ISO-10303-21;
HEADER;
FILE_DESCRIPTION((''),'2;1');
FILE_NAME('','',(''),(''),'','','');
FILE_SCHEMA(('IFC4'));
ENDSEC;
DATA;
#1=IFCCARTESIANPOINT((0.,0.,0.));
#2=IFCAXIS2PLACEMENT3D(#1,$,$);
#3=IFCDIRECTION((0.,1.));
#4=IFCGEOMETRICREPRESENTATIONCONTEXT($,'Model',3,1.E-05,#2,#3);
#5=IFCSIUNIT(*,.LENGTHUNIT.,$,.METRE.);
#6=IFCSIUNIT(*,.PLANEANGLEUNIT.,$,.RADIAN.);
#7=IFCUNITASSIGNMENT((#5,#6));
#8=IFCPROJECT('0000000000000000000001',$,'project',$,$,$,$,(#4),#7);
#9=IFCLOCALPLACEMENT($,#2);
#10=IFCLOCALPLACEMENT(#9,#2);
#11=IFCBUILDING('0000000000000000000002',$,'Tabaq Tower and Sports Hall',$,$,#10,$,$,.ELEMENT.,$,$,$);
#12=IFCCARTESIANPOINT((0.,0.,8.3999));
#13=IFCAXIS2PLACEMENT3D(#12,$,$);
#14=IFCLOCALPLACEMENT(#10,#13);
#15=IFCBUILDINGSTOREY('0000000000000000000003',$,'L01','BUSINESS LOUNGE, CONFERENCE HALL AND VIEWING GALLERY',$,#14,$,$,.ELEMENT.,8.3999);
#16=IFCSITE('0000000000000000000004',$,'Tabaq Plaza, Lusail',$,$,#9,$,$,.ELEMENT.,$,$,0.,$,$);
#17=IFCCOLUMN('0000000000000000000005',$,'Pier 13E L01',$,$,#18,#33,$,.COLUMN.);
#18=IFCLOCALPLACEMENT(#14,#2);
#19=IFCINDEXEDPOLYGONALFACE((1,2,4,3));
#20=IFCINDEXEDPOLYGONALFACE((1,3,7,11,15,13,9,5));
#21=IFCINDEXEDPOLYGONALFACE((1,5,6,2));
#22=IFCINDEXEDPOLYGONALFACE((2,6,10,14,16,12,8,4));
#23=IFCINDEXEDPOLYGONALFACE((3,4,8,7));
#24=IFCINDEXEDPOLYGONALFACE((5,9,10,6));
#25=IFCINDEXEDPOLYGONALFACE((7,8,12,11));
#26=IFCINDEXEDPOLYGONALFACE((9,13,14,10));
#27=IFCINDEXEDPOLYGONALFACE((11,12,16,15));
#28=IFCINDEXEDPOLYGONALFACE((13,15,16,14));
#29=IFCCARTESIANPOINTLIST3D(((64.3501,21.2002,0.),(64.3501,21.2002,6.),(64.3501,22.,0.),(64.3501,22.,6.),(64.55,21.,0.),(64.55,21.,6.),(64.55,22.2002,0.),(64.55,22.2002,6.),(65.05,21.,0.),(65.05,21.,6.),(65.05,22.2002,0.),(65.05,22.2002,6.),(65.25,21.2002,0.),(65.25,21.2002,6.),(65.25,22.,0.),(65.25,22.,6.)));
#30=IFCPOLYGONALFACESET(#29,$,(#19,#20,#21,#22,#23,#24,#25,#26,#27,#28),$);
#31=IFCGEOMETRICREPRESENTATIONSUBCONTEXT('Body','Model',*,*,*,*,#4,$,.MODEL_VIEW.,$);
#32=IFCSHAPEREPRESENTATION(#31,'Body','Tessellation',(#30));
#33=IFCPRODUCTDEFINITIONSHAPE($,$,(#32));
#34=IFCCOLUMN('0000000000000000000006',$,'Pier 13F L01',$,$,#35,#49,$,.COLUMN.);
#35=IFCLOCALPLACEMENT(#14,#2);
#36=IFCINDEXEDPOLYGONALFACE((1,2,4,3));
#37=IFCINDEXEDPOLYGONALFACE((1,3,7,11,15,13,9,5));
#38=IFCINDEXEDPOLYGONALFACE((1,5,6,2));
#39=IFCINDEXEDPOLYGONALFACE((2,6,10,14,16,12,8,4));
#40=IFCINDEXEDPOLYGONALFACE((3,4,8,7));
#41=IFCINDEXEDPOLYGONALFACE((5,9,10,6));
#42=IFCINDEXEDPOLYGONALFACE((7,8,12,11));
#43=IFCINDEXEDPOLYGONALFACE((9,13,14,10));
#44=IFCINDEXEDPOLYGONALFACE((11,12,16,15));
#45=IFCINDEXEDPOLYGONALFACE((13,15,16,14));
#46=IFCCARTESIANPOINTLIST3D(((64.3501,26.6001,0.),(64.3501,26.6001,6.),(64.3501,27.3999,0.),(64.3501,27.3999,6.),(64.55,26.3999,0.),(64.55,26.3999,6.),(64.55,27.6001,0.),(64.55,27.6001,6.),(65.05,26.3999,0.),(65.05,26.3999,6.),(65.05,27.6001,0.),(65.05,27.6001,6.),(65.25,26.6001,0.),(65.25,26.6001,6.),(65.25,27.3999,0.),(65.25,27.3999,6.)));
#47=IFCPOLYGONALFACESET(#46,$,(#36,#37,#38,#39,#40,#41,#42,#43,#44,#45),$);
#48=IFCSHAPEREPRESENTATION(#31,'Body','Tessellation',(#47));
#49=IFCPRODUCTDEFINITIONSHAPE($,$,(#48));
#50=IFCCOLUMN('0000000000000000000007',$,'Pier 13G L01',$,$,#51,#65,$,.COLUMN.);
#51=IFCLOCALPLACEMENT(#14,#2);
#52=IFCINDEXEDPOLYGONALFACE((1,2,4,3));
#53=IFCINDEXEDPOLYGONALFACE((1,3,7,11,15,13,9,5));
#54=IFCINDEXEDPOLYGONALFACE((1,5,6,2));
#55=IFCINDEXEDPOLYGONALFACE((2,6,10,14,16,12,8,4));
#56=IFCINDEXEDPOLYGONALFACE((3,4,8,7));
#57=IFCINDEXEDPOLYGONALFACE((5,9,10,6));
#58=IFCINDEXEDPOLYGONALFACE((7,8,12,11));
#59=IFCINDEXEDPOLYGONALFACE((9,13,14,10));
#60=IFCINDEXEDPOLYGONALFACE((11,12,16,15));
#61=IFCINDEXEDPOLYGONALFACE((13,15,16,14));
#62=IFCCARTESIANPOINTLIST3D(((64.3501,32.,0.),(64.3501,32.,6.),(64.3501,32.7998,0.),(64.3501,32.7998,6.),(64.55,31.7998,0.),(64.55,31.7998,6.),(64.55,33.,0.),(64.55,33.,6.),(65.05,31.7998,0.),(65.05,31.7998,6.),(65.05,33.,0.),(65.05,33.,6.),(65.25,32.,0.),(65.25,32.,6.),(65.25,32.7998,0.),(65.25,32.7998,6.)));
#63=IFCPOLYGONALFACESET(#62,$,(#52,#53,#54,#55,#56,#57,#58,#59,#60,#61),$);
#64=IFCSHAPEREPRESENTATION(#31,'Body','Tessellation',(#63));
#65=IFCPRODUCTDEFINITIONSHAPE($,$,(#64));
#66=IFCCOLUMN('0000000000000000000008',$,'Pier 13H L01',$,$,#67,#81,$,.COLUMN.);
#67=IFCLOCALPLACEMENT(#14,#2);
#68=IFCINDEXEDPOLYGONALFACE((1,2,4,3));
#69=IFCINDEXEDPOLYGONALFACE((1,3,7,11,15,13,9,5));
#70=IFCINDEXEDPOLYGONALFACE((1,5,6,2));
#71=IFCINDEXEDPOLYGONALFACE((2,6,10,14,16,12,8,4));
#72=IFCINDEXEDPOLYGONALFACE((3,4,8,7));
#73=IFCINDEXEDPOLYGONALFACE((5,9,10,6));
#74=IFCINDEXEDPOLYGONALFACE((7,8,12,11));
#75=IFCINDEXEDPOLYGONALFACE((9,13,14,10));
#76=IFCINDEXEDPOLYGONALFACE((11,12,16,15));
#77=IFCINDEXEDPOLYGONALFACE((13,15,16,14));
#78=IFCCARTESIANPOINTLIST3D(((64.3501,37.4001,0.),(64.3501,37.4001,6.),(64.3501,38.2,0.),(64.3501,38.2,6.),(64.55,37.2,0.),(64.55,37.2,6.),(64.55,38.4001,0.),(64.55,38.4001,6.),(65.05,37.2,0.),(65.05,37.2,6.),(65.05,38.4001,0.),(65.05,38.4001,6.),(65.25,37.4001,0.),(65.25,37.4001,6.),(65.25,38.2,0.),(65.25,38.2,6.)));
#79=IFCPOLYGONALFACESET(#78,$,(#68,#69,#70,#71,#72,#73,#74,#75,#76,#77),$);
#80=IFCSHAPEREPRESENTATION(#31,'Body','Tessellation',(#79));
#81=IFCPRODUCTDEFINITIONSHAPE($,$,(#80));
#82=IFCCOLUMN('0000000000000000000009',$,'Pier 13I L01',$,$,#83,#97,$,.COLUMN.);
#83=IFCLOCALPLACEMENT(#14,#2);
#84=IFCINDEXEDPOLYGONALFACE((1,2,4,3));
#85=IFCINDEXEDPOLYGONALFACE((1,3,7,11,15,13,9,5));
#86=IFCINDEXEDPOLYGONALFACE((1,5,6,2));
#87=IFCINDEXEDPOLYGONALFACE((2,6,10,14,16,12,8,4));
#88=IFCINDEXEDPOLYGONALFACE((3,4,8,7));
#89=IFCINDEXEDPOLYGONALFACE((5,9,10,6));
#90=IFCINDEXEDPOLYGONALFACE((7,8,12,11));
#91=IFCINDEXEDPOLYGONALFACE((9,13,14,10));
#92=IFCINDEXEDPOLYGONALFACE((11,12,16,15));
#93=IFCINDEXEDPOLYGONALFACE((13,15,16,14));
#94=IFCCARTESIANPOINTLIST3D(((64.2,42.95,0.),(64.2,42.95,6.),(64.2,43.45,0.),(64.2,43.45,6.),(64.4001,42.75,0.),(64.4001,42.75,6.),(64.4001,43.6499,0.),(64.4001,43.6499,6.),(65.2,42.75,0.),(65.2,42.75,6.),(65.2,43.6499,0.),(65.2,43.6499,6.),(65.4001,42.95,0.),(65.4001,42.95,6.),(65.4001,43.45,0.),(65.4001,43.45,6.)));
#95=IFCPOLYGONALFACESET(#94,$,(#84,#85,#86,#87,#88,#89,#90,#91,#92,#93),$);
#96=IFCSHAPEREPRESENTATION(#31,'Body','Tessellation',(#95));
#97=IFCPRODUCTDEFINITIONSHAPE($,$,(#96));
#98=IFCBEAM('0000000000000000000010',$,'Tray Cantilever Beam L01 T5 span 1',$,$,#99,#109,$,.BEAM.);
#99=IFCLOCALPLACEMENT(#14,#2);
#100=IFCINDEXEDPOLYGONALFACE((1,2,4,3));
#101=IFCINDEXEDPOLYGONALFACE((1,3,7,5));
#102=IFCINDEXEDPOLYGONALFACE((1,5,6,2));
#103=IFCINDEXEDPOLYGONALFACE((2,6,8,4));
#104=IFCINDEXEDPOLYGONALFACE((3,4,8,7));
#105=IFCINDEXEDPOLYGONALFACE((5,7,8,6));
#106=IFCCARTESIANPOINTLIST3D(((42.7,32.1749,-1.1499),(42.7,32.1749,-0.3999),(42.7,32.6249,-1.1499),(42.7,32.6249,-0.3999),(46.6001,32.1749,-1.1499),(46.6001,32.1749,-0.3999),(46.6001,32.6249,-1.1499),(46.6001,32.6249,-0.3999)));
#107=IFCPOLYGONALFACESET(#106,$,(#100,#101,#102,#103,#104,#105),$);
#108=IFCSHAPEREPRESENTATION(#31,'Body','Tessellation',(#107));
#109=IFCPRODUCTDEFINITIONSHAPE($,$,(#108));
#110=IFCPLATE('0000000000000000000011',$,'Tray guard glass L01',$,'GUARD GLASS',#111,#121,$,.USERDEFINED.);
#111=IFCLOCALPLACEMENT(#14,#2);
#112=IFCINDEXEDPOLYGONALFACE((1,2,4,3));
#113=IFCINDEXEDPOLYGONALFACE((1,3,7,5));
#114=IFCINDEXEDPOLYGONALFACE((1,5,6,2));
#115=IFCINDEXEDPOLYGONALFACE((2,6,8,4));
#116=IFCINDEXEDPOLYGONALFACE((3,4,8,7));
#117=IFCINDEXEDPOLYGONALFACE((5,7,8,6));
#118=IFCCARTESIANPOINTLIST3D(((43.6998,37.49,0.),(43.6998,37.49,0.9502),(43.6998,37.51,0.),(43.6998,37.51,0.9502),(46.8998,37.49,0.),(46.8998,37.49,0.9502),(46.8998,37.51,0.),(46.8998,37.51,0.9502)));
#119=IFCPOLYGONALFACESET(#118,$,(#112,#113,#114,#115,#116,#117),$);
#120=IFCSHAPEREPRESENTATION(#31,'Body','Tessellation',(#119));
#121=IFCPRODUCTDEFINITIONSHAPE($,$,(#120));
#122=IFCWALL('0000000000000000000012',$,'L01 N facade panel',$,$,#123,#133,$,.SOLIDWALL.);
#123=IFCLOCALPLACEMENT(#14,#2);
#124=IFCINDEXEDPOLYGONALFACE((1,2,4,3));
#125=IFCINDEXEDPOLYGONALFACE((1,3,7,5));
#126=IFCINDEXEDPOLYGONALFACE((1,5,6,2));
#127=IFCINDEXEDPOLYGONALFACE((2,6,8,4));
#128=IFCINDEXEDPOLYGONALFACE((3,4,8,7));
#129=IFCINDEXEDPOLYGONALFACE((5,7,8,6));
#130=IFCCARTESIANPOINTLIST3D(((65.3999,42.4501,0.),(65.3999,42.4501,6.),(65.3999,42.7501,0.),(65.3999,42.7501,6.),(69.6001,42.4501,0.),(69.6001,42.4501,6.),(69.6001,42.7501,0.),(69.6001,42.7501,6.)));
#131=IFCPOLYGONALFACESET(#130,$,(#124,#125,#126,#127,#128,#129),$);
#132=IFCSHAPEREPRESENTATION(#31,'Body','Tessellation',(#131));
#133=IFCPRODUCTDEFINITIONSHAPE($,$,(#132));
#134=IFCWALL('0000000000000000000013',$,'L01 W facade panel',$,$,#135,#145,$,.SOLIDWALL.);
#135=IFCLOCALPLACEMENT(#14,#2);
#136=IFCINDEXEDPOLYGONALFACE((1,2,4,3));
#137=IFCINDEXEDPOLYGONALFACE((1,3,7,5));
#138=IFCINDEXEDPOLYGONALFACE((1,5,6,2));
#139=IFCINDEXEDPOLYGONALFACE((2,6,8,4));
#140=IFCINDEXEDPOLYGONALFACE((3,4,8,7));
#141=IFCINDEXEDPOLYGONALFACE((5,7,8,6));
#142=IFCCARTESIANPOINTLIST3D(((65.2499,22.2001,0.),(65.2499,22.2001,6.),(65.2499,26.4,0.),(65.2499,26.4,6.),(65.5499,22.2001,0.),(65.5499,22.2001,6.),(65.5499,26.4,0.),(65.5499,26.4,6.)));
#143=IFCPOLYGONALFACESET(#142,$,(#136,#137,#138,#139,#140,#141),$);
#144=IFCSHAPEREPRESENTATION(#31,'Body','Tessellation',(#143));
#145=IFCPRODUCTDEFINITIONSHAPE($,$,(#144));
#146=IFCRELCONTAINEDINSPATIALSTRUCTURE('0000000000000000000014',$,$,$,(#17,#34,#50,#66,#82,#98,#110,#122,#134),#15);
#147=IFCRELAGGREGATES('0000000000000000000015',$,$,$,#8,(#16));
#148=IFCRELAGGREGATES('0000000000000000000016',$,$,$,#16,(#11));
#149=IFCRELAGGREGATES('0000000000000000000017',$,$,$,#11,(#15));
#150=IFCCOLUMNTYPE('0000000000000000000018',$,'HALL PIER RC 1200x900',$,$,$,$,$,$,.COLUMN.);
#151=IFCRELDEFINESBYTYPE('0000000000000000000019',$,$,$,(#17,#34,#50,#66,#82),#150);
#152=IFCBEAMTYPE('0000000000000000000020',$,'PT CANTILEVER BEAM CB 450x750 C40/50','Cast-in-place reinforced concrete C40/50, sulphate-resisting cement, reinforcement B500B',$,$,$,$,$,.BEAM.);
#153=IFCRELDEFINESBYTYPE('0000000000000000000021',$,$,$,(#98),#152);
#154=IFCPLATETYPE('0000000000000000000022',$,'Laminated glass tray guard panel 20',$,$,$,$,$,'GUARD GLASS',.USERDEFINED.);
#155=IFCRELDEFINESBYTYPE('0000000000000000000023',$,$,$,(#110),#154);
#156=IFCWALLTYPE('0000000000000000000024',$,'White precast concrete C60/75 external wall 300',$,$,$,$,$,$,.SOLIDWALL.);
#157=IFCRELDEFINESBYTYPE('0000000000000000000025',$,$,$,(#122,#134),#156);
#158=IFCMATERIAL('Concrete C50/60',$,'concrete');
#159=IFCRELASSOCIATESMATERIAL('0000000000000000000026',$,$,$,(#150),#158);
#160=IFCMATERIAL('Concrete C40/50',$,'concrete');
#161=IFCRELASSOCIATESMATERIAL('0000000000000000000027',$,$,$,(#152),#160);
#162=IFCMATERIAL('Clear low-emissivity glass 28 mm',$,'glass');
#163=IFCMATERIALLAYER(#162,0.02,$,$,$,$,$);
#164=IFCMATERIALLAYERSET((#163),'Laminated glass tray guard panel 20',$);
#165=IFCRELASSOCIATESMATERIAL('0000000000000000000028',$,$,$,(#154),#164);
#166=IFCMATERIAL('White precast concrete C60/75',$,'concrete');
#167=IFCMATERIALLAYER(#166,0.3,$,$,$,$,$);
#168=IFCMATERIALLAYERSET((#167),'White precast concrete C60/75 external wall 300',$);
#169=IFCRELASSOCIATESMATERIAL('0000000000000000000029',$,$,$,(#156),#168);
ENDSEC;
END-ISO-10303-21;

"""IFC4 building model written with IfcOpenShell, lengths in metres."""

from ifc_helpers import new_model, si_unit, direction, frame, frame_2d, origin, origin_2d, place, context, subcontext, project, spatial, polyline, rectangle, outline, extrude, material, layer, layer_set, material_profile, profile_set, type_object, element, save


model = new_model("IFC4")

# Units and contexts
model_context = context("Model", 3, precision=1e-05, world=origin(), true_north=direction((0.0, 1.0)))
body_context = subcontext(model_context, "Body", "Model", "MODEL_VIEW")
ifc_project = project(units=[si_unit("LENGTHUNIT", "METRE"), si_unit("PLANEANGLEUNIT", "RADIAN")], contexts=[model_context])

# Site, building, storey
site_placement = place(None, origin())
site = spatial("IfcSite", under=ifc_project, at=site_placement, Name="Tabaq Plaza, Lusail", CompositionType="ELEMENT", RefElevation=0.0)
building_placement = place(site_placement, origin())
building = spatial("IfcBuilding", under=site, at=building_placement, Name="Tabaq Tower and Sports Hall", CompositionType="ELEMENT")
storey_placement = place(building_placement, frame((0.0, 0.0, 8.3999)))
storey = spatial("IfcBuildingStorey", under=building, at=storey_placement, Name="L01", Description="BUSINESS LOUNGE, CONFERENCE HALL AND VIEWING GALLERY", CompositionType="ELEMENT", Elevation=8.3999)

# Columns
ifc_material_1 = material(Name="Concrete C50/60", Category="concrete")
ifc_material_profile_1 = material_profile(ifc_material_1, outline(polyline([(-0.3999, -0.45), (0.3999, -0.45), (0.6001, -0.25), (0.6001, 0.25), (0.3999, 0.45), (-0.3999, 0.45), (-0.6001, 0.25), (-0.6001, -0.25), (-0.3999, -0.45)])), Name="PIER 1200x900")
ifc_profile_set_1 = profile_set([ifc_material_profile_1], Name="Concrete C50/60")
column_type = type_object("IfcColumnType", Name="HALL PIER RC 1200x900", PredefinedType="COLUMN", material=ifc_profile_set_1)
for number, where, z_axis, x_axis, name in (
    (1, (64.8, 21.6001, 0.0), (0.0, 0.0, 1.0), (0.0, 1.0, 0.0), "Pier 13E L01"),
    (2, (64.8, 27.0, 0.0), (0.0, 0.0, 1.0), (0.0, 1.0, 0.0), "Pier 13F L01"),
    (3, (64.8, 32.3999, 0.0), (0.0, 0.0, 1.0), (0.0, 1.0, 0.0), "Pier 13G L01"),
    (4, (64.8, 37.8, 0.0), (0.0, 0.0, 1.0), (0.0, 1.0, 0.0), "Pier 13H L01"),
    (5, (64.8, 43.2, 0.0), (0.0, 0.0, 1.0), (1.0, 0.0, 0.0), "Pier 13I L01"),
):
    element("IfcColumn", number, at=place(storey_placement, frame(where, z_axis=z_axis, x_axis=x_axis)), inside=storey, type_object=column_type, Name=name, PredefinedType="COLUMN", context=body_context, shape_type="SweptSolid", body=[
        extrude(outline(polyline([(-0.3999, -0.45), (0.3999, -0.45), (0.6001, -0.25), (0.6001, 0.25), (0.3999, 0.45), (-0.3999, 0.45), (-0.6001, 0.25), (-0.6001, -0.25), (-0.3999, -0.45)])), origin(), (0.0, 0.0, 1.0), 6.0),
    ])

# Beam
ifc_material_2 = material(Name="Concrete C40/50", Category="concrete")
ifc_material_profile_2 = material_profile(ifc_material_2, rectangle(XDim=0.45, YDim=0.75, at=origin_2d()), Name="CB 450x750")
ifc_profile_set_2 = profile_set([ifc_material_profile_2], Name="Concrete C40/50")
beam_type = type_object("IfcBeamType", Name="PT CANTILEVER BEAM CB 450x750 C40/50", Description="Cast-in-place reinforced concrete C40/50, sulphate-resisting cement, reinforcement B500B", PredefinedType="BEAM", material=ifc_profile_set_2)
beam_placement = place(storey_placement, frame((46.6001, 32.3999, -0.7749), z_axis=(-1.0, 0.0, 0.0), x_axis=(0.0, -1.0, 0.0)))
element("IfcBeam", 6, at=beam_placement, inside=storey, type_object=beam_type, Name="Tray Cantilever Beam L01 T5 span 1", PredefinedType="BEAM", context=body_context, shape_type="SweptSolid", body=[
    extrude(rectangle(XDim=0.45, YDim=0.75, at=origin_2d()), origin(), (0.0, 0.0, 1.0), 3.9001),
])

# Plate
ifc_material_3 = material(Name="Clear low-emissivity glass 28 mm", Category="glass")
ifc_layer_1 = layer(ifc_material_3, 0.02)
ifc_layer_set_1 = layer_set([ifc_layer_1], Name="Laminated glass tray guard panel 20")
plate_type = type_object("IfcPlateType", Name="Laminated glass tray guard panel 20", ElementType="GUARD GLASS", PredefinedType="USERDEFINED", material=ifc_layer_set_1)
plate_placement = place(storey_placement, frame((46.8999, 37.5, 0.0), z_axis=(0.0, 0.0, 1.0), x_axis=(-1.0, 0.0, 0.0)))
element("IfcPlate", 7, at=plate_placement, inside=storey, type_object=plate_type, Name="Tray guard glass L01", ObjectType="GUARD GLASS", PredefinedType="USERDEFINED", context=body_context, shape_type="SweptSolid", body=[
    extrude(rectangle(XDim=3.2, YDim=0.02, at=frame_2d((1.6001, 0.0))), origin(), (0.0, 0.0, 1.0), 0.9502),
])

# Walls
ifc_material_4 = material(Name="White precast concrete C60/75", Category="concrete")
ifc_layer_2 = layer(ifc_material_4, 0.3)
ifc_layer_set_2 = layer_set([ifc_layer_2], Name="White precast concrete C60/75 external wall 300")
wall_type = type_object("IfcWallType", Name="White precast concrete C60/75 external wall 300", PredefinedType="SOLIDWALL", material=ifc_layer_set_2)
wall_1_placement = place(storey_placement, frame((65.3999, 42.6001, 0.0), z_axis=(0.0, 0.0, 1.0), x_axis=(1.0, 0.0, 0.0)))
element("IfcWall", 8, at=wall_1_placement, inside=storey, type_object=wall_type, Name="L01 N facade panel", PredefinedType="SOLIDWALL", context=body_context, shape_type="SweptSolid", body=[
    extrude(rectangle(XDim=4.2002, YDim=0.3, at=frame_2d((2.1001, 0.0))), origin(), (0.0, 0.0, 1.0), 6.0),
])
wall_2_placement = place(storey_placement, frame((65.3999, 22.2, 0.0), z_axis=(0.0, 0.0, 1.0), x_axis=(0.0, 1.0, 0.0)))
element("IfcWall", 9, at=wall_2_placement, inside=storey, type_object=wall_type, Name="L01 W facade panel", PredefinedType="SOLIDWALL", context=body_context, shape_type="SweptSolid", body=[
    extrude(rectangle(XDim=4.2, YDim=0.3, at=frame_2d((2.1001, 0.0))), origin(), (0.0, 0.0, 1.0), 6.0),
])

save(model, "model.ifc")
